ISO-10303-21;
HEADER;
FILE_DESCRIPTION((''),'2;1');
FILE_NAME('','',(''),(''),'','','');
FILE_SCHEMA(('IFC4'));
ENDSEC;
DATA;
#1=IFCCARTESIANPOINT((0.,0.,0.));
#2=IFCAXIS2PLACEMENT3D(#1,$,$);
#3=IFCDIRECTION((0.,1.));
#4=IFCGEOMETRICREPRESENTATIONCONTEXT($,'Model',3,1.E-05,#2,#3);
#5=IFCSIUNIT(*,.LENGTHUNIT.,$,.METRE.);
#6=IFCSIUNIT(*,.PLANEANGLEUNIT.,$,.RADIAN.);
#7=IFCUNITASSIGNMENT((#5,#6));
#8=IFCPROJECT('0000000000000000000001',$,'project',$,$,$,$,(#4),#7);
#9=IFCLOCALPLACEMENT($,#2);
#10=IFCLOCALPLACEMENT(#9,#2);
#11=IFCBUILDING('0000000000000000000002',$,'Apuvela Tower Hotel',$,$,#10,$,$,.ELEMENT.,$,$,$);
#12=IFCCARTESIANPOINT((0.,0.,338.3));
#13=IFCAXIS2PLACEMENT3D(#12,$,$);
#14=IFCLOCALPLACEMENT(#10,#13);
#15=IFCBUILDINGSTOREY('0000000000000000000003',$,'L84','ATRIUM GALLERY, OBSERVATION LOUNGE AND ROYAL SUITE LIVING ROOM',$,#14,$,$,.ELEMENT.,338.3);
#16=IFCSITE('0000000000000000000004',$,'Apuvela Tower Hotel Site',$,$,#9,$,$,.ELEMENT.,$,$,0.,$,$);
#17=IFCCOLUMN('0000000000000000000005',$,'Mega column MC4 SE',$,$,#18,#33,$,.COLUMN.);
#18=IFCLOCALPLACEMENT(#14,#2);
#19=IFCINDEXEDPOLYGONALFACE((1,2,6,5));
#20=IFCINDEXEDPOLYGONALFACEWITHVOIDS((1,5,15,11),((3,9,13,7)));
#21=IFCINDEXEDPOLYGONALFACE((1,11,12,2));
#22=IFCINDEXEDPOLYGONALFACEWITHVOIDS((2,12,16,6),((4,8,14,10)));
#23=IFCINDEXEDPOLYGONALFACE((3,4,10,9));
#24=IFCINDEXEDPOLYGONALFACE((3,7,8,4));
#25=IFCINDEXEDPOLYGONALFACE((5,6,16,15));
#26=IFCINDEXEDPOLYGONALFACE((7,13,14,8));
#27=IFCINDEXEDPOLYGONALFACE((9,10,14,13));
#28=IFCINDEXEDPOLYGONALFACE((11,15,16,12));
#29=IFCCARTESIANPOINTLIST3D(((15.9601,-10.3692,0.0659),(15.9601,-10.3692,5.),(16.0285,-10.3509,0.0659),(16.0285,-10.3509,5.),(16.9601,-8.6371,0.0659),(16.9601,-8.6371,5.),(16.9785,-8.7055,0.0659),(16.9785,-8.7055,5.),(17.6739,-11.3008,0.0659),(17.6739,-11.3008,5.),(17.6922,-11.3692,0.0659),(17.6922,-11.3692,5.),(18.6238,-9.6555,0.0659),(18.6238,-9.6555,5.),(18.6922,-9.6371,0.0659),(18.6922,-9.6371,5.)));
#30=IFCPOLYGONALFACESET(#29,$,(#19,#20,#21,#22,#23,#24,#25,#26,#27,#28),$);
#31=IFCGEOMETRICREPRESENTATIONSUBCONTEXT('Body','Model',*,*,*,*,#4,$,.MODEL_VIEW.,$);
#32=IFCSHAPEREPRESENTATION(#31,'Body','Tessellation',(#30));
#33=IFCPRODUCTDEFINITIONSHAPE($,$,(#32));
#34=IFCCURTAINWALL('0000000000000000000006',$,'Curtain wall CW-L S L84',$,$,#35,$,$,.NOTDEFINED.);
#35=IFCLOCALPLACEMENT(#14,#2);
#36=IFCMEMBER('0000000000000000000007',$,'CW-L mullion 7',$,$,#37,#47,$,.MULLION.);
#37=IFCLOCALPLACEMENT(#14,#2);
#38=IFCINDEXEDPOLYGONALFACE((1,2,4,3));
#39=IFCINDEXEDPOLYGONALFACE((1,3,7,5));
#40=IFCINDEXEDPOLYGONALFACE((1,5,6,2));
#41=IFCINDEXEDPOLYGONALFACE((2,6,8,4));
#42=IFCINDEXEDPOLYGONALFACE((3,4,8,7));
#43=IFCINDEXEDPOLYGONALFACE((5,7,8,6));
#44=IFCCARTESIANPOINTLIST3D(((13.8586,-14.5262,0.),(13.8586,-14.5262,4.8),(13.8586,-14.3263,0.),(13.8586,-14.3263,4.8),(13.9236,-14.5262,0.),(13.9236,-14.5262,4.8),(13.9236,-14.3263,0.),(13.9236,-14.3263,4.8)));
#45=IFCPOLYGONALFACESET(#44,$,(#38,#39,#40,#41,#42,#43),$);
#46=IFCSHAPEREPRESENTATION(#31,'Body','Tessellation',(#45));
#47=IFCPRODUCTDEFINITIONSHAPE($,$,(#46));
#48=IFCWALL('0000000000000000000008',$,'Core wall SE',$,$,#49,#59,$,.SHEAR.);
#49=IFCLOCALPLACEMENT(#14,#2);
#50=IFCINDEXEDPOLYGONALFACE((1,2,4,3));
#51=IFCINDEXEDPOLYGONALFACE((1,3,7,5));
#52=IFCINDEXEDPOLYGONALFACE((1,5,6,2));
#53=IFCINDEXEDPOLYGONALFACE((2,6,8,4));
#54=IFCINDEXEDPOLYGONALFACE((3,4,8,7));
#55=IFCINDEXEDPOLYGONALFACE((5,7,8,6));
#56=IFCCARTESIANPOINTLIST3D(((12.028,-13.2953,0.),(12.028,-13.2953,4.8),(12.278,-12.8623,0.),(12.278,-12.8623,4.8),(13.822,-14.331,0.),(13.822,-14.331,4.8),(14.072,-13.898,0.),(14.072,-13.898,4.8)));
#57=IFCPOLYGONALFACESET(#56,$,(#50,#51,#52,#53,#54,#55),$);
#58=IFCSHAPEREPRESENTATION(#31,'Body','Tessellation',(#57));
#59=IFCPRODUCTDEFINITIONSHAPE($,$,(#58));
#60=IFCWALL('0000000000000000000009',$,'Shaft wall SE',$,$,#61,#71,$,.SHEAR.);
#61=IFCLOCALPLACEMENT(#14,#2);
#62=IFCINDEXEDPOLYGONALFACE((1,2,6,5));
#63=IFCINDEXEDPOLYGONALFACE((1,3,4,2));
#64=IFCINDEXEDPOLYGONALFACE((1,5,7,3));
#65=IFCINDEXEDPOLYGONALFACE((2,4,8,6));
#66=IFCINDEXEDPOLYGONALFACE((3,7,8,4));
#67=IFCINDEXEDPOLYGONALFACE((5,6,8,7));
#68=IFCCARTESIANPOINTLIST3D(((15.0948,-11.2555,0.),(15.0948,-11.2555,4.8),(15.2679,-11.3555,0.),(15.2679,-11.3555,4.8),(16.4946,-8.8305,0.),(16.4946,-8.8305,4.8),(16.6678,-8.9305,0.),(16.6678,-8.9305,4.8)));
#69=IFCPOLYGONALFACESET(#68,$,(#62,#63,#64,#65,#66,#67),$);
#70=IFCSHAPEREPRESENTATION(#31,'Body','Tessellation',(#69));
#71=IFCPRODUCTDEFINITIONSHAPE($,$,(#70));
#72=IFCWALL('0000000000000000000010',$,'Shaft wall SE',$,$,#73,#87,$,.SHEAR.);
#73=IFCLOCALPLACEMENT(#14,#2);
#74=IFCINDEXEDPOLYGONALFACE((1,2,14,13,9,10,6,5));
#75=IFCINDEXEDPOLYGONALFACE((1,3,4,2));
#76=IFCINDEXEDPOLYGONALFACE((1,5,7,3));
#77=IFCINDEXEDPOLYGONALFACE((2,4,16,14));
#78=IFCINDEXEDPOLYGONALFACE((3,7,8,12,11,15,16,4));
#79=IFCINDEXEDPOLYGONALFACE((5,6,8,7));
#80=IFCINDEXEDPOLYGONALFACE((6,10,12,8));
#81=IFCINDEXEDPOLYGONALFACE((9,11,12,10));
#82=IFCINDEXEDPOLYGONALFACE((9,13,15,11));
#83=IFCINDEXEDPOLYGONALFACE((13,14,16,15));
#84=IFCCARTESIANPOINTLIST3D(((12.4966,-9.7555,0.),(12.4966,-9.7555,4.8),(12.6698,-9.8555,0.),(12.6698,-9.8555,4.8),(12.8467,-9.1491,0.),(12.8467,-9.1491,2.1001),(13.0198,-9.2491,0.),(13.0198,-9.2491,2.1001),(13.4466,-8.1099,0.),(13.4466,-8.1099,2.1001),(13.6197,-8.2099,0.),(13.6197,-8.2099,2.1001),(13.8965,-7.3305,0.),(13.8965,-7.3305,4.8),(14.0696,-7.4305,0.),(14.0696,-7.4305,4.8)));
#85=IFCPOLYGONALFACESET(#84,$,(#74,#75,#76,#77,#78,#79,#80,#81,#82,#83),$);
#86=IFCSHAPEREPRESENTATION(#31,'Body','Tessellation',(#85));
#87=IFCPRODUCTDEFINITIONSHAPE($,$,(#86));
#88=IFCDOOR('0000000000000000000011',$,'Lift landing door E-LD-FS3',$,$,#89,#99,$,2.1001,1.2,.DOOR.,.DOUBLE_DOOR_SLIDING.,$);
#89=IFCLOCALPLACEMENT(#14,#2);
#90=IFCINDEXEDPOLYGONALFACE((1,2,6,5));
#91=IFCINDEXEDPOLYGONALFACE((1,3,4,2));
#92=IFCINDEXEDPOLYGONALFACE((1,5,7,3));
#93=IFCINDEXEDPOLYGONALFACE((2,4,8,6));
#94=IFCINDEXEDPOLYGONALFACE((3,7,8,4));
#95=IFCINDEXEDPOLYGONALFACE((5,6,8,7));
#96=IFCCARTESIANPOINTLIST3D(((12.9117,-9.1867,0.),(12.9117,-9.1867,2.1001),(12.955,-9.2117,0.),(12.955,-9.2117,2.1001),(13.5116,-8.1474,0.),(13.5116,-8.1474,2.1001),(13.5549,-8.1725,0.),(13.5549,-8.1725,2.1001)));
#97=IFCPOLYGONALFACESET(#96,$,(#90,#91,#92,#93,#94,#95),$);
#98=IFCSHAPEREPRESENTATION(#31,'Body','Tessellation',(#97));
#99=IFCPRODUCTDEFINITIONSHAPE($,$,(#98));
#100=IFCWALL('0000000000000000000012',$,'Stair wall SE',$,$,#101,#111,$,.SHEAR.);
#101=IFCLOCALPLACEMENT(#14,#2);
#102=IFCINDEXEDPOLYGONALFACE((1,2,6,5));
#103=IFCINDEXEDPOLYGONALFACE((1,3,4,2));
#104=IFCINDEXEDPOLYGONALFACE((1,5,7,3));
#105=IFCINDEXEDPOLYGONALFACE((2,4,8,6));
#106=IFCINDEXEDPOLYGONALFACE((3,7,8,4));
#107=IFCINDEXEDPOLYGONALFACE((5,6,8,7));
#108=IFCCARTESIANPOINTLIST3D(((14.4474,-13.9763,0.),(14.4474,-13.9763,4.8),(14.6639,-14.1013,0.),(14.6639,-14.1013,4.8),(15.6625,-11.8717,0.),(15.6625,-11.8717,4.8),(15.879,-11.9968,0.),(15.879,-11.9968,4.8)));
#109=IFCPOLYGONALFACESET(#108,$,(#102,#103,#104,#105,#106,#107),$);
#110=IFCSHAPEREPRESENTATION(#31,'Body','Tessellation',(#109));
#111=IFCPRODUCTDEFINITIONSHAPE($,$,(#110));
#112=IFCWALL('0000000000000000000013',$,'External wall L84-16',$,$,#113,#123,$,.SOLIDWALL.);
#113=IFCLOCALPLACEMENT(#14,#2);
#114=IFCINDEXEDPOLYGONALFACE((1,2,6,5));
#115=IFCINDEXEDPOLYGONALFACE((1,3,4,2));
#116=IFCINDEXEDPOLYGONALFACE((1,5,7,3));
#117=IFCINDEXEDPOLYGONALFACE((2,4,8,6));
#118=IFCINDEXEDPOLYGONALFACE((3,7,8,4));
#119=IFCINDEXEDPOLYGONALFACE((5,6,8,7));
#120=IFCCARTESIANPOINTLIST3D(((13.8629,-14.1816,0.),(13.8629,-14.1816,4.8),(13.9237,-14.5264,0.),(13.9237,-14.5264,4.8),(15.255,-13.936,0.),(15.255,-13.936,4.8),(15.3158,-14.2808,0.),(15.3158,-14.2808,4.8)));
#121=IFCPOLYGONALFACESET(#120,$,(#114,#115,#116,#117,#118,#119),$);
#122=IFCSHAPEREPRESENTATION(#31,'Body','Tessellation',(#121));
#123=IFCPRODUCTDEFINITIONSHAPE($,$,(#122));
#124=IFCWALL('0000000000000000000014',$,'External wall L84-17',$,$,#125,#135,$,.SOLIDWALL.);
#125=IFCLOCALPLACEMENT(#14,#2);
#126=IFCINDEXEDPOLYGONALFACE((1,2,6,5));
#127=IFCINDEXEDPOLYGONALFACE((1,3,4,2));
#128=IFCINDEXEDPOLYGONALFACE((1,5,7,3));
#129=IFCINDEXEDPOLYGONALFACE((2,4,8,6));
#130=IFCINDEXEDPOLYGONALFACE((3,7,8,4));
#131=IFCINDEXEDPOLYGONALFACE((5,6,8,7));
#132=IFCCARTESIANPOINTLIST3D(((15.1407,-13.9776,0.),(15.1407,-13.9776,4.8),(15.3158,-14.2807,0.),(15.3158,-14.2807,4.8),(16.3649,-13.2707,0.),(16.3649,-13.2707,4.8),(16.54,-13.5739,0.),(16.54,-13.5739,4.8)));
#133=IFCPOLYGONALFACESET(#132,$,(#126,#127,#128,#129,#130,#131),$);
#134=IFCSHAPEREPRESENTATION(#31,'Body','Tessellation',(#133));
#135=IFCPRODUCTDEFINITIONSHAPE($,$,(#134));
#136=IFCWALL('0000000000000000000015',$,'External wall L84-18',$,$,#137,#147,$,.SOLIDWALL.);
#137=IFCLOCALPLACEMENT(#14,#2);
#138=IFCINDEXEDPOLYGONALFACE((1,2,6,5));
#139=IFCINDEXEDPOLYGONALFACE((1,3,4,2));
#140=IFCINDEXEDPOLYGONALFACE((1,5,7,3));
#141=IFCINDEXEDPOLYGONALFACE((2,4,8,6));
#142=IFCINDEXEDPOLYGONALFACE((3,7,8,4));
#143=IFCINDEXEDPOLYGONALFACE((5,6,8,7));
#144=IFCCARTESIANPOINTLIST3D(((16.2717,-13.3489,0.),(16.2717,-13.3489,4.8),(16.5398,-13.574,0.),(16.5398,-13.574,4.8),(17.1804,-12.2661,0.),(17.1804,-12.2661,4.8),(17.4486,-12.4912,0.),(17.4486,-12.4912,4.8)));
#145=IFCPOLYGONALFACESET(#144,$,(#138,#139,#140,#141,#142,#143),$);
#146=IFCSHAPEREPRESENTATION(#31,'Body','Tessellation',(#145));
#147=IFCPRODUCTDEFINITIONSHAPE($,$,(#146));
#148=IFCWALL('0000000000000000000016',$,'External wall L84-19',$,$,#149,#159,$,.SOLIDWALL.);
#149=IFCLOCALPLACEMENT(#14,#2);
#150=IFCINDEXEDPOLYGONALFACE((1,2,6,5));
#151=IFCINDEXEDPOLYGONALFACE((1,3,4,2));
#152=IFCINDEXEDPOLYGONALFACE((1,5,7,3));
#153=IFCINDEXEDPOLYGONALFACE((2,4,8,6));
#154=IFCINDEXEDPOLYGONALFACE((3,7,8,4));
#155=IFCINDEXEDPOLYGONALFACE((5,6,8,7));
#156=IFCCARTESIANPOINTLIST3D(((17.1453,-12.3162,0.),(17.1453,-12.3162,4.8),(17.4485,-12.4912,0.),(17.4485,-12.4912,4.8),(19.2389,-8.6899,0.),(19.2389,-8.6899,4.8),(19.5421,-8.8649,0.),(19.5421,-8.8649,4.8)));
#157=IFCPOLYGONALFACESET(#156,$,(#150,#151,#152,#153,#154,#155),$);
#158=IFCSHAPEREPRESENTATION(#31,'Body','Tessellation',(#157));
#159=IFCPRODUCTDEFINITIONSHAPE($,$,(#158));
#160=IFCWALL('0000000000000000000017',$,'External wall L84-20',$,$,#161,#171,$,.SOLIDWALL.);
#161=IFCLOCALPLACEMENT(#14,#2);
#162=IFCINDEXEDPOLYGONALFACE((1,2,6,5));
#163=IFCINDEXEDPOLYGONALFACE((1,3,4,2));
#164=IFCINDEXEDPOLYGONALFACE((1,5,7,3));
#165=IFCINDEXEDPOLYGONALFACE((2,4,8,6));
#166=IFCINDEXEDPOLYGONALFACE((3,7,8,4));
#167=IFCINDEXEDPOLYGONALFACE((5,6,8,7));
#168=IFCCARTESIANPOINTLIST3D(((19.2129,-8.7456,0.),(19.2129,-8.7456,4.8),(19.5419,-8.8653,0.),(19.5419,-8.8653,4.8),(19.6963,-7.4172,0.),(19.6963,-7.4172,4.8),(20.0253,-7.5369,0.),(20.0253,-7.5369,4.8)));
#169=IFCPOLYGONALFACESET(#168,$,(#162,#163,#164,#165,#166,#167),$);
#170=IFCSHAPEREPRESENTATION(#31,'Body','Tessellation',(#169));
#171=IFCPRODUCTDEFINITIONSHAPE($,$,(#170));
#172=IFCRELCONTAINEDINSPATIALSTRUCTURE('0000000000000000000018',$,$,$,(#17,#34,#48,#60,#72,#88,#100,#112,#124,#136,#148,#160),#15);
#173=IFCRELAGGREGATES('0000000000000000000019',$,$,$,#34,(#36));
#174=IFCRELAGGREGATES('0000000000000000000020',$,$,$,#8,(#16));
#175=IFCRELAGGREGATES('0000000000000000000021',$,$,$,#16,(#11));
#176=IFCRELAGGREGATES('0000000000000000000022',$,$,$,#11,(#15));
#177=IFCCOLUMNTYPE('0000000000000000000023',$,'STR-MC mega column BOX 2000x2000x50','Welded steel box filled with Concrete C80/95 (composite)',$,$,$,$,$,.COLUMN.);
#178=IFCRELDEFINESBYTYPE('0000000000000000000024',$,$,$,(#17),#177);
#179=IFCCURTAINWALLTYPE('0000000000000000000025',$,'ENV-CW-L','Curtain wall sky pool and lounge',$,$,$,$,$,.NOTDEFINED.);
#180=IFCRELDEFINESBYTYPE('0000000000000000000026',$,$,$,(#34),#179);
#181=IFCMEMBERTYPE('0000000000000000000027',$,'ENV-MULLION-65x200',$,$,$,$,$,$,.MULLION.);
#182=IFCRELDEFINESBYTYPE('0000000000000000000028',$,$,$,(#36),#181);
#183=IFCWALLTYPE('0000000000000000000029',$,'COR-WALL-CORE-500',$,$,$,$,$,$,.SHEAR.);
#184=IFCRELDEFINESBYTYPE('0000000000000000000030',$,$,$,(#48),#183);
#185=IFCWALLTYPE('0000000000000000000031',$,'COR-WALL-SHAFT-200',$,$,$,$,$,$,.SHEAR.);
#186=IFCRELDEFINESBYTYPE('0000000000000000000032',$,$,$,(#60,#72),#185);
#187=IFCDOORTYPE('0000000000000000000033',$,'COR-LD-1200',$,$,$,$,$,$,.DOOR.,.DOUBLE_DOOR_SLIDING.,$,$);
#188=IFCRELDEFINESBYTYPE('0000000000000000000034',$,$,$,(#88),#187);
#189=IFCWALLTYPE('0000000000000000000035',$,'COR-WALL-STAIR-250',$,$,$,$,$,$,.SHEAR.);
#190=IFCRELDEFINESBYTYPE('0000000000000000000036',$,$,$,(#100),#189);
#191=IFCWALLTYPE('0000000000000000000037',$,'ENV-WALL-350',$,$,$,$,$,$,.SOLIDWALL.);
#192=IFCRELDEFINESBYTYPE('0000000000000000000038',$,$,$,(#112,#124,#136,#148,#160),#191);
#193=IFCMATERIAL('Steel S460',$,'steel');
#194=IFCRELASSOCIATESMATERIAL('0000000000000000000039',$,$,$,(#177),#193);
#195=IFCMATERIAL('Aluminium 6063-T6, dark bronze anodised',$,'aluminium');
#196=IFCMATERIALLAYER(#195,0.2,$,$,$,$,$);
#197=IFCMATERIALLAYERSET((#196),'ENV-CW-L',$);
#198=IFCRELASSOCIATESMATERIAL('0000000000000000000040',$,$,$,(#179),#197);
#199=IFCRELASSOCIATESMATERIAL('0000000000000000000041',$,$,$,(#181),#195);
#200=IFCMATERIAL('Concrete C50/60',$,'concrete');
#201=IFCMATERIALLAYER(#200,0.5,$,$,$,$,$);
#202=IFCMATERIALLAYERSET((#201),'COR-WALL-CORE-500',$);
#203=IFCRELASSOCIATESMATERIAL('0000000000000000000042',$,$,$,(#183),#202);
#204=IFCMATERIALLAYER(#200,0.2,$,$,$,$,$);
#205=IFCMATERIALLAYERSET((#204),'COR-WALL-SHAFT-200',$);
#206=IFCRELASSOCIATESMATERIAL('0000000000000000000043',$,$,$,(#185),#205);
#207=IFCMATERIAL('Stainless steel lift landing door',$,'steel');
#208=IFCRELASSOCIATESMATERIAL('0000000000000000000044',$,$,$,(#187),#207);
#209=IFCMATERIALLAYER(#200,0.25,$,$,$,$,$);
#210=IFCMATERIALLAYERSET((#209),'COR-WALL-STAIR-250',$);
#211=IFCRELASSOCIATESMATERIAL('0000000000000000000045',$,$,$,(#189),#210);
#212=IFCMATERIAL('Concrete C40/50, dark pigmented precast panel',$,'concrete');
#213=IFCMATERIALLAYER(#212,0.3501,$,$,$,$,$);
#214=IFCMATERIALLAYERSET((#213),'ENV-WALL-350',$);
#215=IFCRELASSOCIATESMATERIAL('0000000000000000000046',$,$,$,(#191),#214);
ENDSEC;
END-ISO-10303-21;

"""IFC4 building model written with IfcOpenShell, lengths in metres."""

from ifc_helpers import new_model, si_unit, direction, frame, frame_2d, origin, origin_2d, place, context, subcontext, project, spatial, rectangle, hollow_rectangle, extrude, boolean, halfspace, material, layer, layer_set, material_profile, profile_set, type_object, element, fill, aggregate, save


model = new_model("IFC4")

# Units and contexts
model_context = context("Model", 3, precision=1e-05, world=origin(), true_north=direction((0.0, 1.0)))
body_context = subcontext(model_context, "Body", "Model", "MODEL_VIEW")
ifc_project = project(units=[si_unit("LENGTHUNIT", "METRE"), si_unit("PLANEANGLEUNIT", "RADIAN")], contexts=[model_context])

# Site, building, storey
site_placement = place(None, origin())
site = spatial("IfcSite", under=ifc_project, at=site_placement, Name="Apuvela Tower Hotel Site", CompositionType="ELEMENT", RefElevation=0.0)
building_placement = place(site_placement, origin())
building = spatial("IfcBuilding", under=site, at=building_placement, Name="Apuvela Tower Hotel", CompositionType="ELEMENT")
storey_placement = place(building_placement, frame((0.0, 0.0, 338.3)))
storey = spatial("IfcBuildingStorey", under=building, at=storey_placement, Name="L84", Description="ATRIUM GALLERY, OBSERVATION LOUNGE AND ROYAL SUITE LIVING ROOM", CompositionType="ELEMENT", Elevation=338.3)

# Column
ifc_material_1 = material(Name="Steel S460", Category="steel")
ifc_material_profile_1 = material_profile(ifc_material_1, hollow_rectangle(XDim=2.0, YDim=2.0, WallThickness=0.05, at=origin_2d()), Name="BOX 2000x2000x50")
ifc_material_2 = material(Name="Concrete C80/95", Category="concrete")
ifc_material_profile_2 = material_profile(ifc_material_2, rectangle(XDim=1.8999, YDim=1.8999, at=origin_2d()), Name="Concrete C80/95 infill")
ifc_profile_set_1 = profile_set([ifc_material_profile_1, ifc_material_profile_2], Name="Steel S460")
column_type = type_object("IfcColumnType", Name="STR-MC mega column BOX 2000x2000x50", Description="Welded steel box filled with Concrete C80/95 (composite)", PredefinedType="COLUMN", material=ifc_profile_set_1)
column_placement = place(storey_placement, frame((17.3262, -10.0032, 0.0), z_axis=(0.0, 0.0, 1.0), x_axis=(0.5, 0.866025, 0.0)))
element("IfcColumn", 1, at=column_placement, inside=storey, type_object=column_type, Name="Mega column MC4 SE", PredefinedType="COLUMN", context=body_context, shape_type="SweptSolid", body=[
    boolean("DIFFERENCE", extrude(hollow_rectangle(XDim=2.0, YDim=2.0, WallThickness=0.05, at=origin_2d()), origin(), (0.0, 0.0, 1.0), 5.0), halfspace(frame((0.0, 0.0, 0.0659), z_axis=(0.0, 0.0, 1.0), x_axis=(1.0, 0.0, 0.0)), True)),
])

# Curtain wall, member
ifc_material_3 = material(Name="Aluminium 6063-T6, dark bronze anodised", Category="aluminium")
ifc_layer_1 = layer(ifc_material_3, 0.2)
ifc_layer_set_1 = layer_set([ifc_layer_1], Name="ENV-CW-L")
curtain_wall_type = type_object("IfcCurtainWallType", Name="ENV-CW-L", Description="Curtain wall sky pool and lounge", PredefinedType="NOTDEFINED", material=ifc_layer_set_1)
curtain_wall_placement = place(storey_placement, origin())
curtain_wall = element("IfcCurtainWall", 2, at=curtain_wall_placement, inside=storey, type_object=curtain_wall_type, Name="Curtain wall CW-L S L84", PredefinedType="NOTDEFINED")
ifc_material_profile_3 = material_profile(ifc_material_3, rectangle(XDim=0.2, YDim=0.0649, at=origin_2d()), Name="AL 65x200")
ifc_profile_set_2 = profile_set([ifc_material_profile_3], Name="Aluminium 6063-T6, dark bronze anodised")
member_type = type_object("IfcMemberType", Name="ENV-MULLION-65x200", PredefinedType="MULLION", material=ifc_profile_set_2)
member_placement = place(storey_placement, frame((13.8911, -14.4263, 0.0), z_axis=(0.0, 0.0, 1.0), x_axis=(0.0, 1.0, 0.0)))
member = element("IfcMember", 3, at=member_placement, type_object=member_type, Name="CW-L mullion 7", PredefinedType="MULLION", context=body_context, shape_type="SweptSolid", body=[
    extrude(rectangle(XDim=0.2, YDim=0.0649, at=origin_2d()), origin(), (0.0, 0.0, 1.0), 4.8),
])
aggregate(curtain_wall, [member])

# Walls
ifc_material_4 = material(Name="Concrete C50/60", Category="concrete")
ifc_layer_2 = layer(ifc_material_4, 0.5)
ifc_layer_set_2 = layer_set([ifc_layer_2], Name="COR-WALL-CORE-500")
wall_type_1 = type_object("IfcWallType", Name="COR-WALL-CORE-500", PredefinedType="SHEAR", material=ifc_layer_set_2)
wall_1_placement = place(storey_placement, frame((12.1531, -13.0789, 0.0), z_axis=(0.0, 0.0, 1.0), x_axis=(0.866044, -0.499967, 0.0)))
element("IfcWall", 4, at=wall_1_placement, inside=storey, type_object=wall_type_1, Name="Core wall SE", PredefinedType="SHEAR", context=body_context, shape_type="SweptSolid", body=[
    extrude(rectangle(XDim=2.0715, YDim=0.5, at=frame_2d((1.0356, 0.0))), origin(), (0.0, 0.0, 1.0), 4.8),
])
ifc_layer_3 = layer(ifc_material_4, 0.2)
ifc_layer_set_3 = layer_set([ifc_layer_3], Name="COR-WALL-SHAFT-200")
wall_type_2 = type_object("IfcWallType", Name="COR-WALL-SHAFT-200", PredefinedType="SHEAR", material=ifc_layer_set_3)
wall_2_placement = place(storey_placement, frame((15.1814, -11.3054, 0.0), z_axis=(0.0, 0.0, 1.0), x_axis=(0.499946, 0.866056, 0.0)))
element("IfcWall", 5, at=wall_2_placement, inside=storey, type_object=wall_type_2, Name="Shaft wall SE", PredefinedType="SHEAR", context=body_context, shape_type="SweptSolid", body=[
    extrude(rectangle(XDim=2.8, YDim=0.2, at=frame_2d((1.3999, 0.0))), origin(), (0.0, 0.0, 1.0), 4.8),
])

# Wall, opening, door
wall_3_placement = place(storey_placement, frame((12.5833, -9.8054, 0.0), z_axis=(0.0, 0.0, 1.0), x_axis=(0.499946, 0.866056, 0.0)))
wall_3 = element("IfcWall", 6, at=wall_3_placement, inside=storey, type_object=wall_type_2, Name="Shaft wall SE", PredefinedType="SHEAR", context=body_context, shape_type="SweptSolid", body=[
    extrude(rectangle(XDim=2.8, YDim=0.2, at=frame_2d((1.3999, 0.0))), origin(), (0.0, 0.0, 1.0), 4.8),
])
opening_placement = place(wall_3_placement, frame((0.7, 0.0, 0.0)))
opening = element("IfcOpeningElement", 7, at=opening_placement, cuts=wall_3, PredefinedType="OPENING", context=body_context, shape_type="SweptSolid", body=[
    extrude(rectangle(XDim=1.2, YDim=2.1001, at=frame_2d((0.6001, 1.05))), frame((0.0, 0.1099, 0.0), z_axis=(0.0, -1.0, 0.0), x_axis=(1.0, 0.0, 0.0)), (0.0, 0.0, 1.0), 0.22),
])
ifc_material_5 = material(Name="Stainless steel lift landing door", Category="steel")
door_type = type_object("IfcDoorType", Name="COR-LD-1200", OperationType="DOUBLE_DOOR_SLIDING", PredefinedType="DOOR", material=ifc_material_5)
door_placement = place(opening_placement, origin())
door = element("IfcDoor", 8, at=door_placement, inside=storey, type_object=door_type, Name="Lift landing door E-LD-FS3", OperationType="DOUBLE_DOOR_SLIDING", OverallHeight=2.1001, OverallWidth=1.2, PredefinedType="DOOR", context=body_context, shape_type="SweptSolid", body=[
    extrude(rectangle(XDim=1.2, YDim=2.1001, at=frame_2d((0.6001, 1.05))), frame((0.0, 0.0249, 0.0), z_axis=(0.0, -1.0, 0.0), x_axis=(1.0, 0.0, 0.0)), (0.0, 0.0, 1.0), 0.05),
])
fill(opening, door)

# Walls
ifc_layer_4 = layer(ifc_material_4, 0.25)
ifc_layer_set_4 = layer_set([ifc_layer_4], Name="COR-WALL-STAIR-250")
wall_type_3 = type_object("IfcWallType", Name="COR-WALL-STAIR-250", PredefinedType="SHEAR", material=ifc_layer_set_4)
wall_4_placement = place(storey_placement, frame((14.5557, -14.0388, 0.0), z_axis=(0.0, 0.0, 1.0), x_axis=(0.500018, 0.866015, 0.0)))
element("IfcWall", 9, at=wall_4_placement, inside=storey, type_object=wall_type_3, Name="Stair wall SE", PredefinedType="SHEAR", context=body_context, shape_type="SweptSolid", body=[
    extrude(rectangle(XDim=2.4302, YDim=0.25, at=frame_2d((1.2151, 0.0))), origin(), (0.0, 0.0, 1.0), 4.8),
])
ifc_material_6 = material(Name="Concrete C40/50, dark pigmented precast panel", Category="concrete")
ifc_layer_5 = layer(ifc_material_6, 0.3501)
ifc_layer_set_5 = layer_set([ifc_layer_5], Name="ENV-WALL-350")
wall_type_4 = type_object("IfcWallType", Name="ENV-WALL-350", PredefinedType="SOLIDWALL", material=ifc_layer_set_5)
for number, where, z_axis, x_axis, name in (
    (10, (13.8933, -14.354, 0.0), (0.0, 0.0, 1.0), (0.984791, 0.173746, 0.0), "External wall L84-16"),
    (11, (15.2283, -14.1292, 0.0), (0.0, 0.0, 1.0), (0.866013, 0.500021, 0.0), "External wall L84-17"),
    (12, (16.4058, -13.4614, 0.0), (0.0, 0.0, 1.0), (0.642848, 0.765994, 0.0), "External wall L84-18"),
):
    element("IfcWall", number, at=place(storey_placement, frame(where, z_axis=z_axis, x_axis=x_axis)), inside=storey, type_object=wall_type_4, Name=name, PredefinedType="SOLIDWALL", context=body_context, shape_type="SweptSolid", body=[
        extrude(rectangle(XDim=1.4136, YDim=0.3501, at=frame_2d((0.7068, 0.0))), origin(), (0.0, 0.0, 1.0), 4.8),
    ])
wall_5_placement = place(storey_placement, frame((17.2969, -12.4038, 0.0), z_axis=(0.0, 0.0, 1.0), x_axis=(0.499983, 0.866035, 0.0)))
element("IfcWall", 13, at=wall_5_placement, inside=storey, type_object=wall_type_4, Name="External wall L84-19", PredefinedType="SOLIDWALL", context=body_context, shape_type="SweptSolid", body=[
    extrude(rectangle(XDim=4.1873, YDim=0.3501, at=frame_2d((2.0938, 0.0))), origin(), (0.0, 0.0, 1.0), 4.8),
])
wall_6_placement = place(storey_placement, frame((19.3774, -8.8054, 0.0), z_axis=(0.0, 0.0, 1.0), x_axis=(0.341965, 0.939713, 0.0)))
element("IfcWall", 14, at=wall_6_placement, inside=storey, type_object=wall_type_4, Name="External wall L84-20", PredefinedType="SOLIDWALL", context=body_context, shape_type="SweptSolid", body=[
    extrude(rectangle(XDim=1.4136, YDim=0.3501, at=frame_2d((0.7068, 0.0))), origin(), (0.0, 0.0, 1.0), 4.8),
])

save(model, "model.ifc")
